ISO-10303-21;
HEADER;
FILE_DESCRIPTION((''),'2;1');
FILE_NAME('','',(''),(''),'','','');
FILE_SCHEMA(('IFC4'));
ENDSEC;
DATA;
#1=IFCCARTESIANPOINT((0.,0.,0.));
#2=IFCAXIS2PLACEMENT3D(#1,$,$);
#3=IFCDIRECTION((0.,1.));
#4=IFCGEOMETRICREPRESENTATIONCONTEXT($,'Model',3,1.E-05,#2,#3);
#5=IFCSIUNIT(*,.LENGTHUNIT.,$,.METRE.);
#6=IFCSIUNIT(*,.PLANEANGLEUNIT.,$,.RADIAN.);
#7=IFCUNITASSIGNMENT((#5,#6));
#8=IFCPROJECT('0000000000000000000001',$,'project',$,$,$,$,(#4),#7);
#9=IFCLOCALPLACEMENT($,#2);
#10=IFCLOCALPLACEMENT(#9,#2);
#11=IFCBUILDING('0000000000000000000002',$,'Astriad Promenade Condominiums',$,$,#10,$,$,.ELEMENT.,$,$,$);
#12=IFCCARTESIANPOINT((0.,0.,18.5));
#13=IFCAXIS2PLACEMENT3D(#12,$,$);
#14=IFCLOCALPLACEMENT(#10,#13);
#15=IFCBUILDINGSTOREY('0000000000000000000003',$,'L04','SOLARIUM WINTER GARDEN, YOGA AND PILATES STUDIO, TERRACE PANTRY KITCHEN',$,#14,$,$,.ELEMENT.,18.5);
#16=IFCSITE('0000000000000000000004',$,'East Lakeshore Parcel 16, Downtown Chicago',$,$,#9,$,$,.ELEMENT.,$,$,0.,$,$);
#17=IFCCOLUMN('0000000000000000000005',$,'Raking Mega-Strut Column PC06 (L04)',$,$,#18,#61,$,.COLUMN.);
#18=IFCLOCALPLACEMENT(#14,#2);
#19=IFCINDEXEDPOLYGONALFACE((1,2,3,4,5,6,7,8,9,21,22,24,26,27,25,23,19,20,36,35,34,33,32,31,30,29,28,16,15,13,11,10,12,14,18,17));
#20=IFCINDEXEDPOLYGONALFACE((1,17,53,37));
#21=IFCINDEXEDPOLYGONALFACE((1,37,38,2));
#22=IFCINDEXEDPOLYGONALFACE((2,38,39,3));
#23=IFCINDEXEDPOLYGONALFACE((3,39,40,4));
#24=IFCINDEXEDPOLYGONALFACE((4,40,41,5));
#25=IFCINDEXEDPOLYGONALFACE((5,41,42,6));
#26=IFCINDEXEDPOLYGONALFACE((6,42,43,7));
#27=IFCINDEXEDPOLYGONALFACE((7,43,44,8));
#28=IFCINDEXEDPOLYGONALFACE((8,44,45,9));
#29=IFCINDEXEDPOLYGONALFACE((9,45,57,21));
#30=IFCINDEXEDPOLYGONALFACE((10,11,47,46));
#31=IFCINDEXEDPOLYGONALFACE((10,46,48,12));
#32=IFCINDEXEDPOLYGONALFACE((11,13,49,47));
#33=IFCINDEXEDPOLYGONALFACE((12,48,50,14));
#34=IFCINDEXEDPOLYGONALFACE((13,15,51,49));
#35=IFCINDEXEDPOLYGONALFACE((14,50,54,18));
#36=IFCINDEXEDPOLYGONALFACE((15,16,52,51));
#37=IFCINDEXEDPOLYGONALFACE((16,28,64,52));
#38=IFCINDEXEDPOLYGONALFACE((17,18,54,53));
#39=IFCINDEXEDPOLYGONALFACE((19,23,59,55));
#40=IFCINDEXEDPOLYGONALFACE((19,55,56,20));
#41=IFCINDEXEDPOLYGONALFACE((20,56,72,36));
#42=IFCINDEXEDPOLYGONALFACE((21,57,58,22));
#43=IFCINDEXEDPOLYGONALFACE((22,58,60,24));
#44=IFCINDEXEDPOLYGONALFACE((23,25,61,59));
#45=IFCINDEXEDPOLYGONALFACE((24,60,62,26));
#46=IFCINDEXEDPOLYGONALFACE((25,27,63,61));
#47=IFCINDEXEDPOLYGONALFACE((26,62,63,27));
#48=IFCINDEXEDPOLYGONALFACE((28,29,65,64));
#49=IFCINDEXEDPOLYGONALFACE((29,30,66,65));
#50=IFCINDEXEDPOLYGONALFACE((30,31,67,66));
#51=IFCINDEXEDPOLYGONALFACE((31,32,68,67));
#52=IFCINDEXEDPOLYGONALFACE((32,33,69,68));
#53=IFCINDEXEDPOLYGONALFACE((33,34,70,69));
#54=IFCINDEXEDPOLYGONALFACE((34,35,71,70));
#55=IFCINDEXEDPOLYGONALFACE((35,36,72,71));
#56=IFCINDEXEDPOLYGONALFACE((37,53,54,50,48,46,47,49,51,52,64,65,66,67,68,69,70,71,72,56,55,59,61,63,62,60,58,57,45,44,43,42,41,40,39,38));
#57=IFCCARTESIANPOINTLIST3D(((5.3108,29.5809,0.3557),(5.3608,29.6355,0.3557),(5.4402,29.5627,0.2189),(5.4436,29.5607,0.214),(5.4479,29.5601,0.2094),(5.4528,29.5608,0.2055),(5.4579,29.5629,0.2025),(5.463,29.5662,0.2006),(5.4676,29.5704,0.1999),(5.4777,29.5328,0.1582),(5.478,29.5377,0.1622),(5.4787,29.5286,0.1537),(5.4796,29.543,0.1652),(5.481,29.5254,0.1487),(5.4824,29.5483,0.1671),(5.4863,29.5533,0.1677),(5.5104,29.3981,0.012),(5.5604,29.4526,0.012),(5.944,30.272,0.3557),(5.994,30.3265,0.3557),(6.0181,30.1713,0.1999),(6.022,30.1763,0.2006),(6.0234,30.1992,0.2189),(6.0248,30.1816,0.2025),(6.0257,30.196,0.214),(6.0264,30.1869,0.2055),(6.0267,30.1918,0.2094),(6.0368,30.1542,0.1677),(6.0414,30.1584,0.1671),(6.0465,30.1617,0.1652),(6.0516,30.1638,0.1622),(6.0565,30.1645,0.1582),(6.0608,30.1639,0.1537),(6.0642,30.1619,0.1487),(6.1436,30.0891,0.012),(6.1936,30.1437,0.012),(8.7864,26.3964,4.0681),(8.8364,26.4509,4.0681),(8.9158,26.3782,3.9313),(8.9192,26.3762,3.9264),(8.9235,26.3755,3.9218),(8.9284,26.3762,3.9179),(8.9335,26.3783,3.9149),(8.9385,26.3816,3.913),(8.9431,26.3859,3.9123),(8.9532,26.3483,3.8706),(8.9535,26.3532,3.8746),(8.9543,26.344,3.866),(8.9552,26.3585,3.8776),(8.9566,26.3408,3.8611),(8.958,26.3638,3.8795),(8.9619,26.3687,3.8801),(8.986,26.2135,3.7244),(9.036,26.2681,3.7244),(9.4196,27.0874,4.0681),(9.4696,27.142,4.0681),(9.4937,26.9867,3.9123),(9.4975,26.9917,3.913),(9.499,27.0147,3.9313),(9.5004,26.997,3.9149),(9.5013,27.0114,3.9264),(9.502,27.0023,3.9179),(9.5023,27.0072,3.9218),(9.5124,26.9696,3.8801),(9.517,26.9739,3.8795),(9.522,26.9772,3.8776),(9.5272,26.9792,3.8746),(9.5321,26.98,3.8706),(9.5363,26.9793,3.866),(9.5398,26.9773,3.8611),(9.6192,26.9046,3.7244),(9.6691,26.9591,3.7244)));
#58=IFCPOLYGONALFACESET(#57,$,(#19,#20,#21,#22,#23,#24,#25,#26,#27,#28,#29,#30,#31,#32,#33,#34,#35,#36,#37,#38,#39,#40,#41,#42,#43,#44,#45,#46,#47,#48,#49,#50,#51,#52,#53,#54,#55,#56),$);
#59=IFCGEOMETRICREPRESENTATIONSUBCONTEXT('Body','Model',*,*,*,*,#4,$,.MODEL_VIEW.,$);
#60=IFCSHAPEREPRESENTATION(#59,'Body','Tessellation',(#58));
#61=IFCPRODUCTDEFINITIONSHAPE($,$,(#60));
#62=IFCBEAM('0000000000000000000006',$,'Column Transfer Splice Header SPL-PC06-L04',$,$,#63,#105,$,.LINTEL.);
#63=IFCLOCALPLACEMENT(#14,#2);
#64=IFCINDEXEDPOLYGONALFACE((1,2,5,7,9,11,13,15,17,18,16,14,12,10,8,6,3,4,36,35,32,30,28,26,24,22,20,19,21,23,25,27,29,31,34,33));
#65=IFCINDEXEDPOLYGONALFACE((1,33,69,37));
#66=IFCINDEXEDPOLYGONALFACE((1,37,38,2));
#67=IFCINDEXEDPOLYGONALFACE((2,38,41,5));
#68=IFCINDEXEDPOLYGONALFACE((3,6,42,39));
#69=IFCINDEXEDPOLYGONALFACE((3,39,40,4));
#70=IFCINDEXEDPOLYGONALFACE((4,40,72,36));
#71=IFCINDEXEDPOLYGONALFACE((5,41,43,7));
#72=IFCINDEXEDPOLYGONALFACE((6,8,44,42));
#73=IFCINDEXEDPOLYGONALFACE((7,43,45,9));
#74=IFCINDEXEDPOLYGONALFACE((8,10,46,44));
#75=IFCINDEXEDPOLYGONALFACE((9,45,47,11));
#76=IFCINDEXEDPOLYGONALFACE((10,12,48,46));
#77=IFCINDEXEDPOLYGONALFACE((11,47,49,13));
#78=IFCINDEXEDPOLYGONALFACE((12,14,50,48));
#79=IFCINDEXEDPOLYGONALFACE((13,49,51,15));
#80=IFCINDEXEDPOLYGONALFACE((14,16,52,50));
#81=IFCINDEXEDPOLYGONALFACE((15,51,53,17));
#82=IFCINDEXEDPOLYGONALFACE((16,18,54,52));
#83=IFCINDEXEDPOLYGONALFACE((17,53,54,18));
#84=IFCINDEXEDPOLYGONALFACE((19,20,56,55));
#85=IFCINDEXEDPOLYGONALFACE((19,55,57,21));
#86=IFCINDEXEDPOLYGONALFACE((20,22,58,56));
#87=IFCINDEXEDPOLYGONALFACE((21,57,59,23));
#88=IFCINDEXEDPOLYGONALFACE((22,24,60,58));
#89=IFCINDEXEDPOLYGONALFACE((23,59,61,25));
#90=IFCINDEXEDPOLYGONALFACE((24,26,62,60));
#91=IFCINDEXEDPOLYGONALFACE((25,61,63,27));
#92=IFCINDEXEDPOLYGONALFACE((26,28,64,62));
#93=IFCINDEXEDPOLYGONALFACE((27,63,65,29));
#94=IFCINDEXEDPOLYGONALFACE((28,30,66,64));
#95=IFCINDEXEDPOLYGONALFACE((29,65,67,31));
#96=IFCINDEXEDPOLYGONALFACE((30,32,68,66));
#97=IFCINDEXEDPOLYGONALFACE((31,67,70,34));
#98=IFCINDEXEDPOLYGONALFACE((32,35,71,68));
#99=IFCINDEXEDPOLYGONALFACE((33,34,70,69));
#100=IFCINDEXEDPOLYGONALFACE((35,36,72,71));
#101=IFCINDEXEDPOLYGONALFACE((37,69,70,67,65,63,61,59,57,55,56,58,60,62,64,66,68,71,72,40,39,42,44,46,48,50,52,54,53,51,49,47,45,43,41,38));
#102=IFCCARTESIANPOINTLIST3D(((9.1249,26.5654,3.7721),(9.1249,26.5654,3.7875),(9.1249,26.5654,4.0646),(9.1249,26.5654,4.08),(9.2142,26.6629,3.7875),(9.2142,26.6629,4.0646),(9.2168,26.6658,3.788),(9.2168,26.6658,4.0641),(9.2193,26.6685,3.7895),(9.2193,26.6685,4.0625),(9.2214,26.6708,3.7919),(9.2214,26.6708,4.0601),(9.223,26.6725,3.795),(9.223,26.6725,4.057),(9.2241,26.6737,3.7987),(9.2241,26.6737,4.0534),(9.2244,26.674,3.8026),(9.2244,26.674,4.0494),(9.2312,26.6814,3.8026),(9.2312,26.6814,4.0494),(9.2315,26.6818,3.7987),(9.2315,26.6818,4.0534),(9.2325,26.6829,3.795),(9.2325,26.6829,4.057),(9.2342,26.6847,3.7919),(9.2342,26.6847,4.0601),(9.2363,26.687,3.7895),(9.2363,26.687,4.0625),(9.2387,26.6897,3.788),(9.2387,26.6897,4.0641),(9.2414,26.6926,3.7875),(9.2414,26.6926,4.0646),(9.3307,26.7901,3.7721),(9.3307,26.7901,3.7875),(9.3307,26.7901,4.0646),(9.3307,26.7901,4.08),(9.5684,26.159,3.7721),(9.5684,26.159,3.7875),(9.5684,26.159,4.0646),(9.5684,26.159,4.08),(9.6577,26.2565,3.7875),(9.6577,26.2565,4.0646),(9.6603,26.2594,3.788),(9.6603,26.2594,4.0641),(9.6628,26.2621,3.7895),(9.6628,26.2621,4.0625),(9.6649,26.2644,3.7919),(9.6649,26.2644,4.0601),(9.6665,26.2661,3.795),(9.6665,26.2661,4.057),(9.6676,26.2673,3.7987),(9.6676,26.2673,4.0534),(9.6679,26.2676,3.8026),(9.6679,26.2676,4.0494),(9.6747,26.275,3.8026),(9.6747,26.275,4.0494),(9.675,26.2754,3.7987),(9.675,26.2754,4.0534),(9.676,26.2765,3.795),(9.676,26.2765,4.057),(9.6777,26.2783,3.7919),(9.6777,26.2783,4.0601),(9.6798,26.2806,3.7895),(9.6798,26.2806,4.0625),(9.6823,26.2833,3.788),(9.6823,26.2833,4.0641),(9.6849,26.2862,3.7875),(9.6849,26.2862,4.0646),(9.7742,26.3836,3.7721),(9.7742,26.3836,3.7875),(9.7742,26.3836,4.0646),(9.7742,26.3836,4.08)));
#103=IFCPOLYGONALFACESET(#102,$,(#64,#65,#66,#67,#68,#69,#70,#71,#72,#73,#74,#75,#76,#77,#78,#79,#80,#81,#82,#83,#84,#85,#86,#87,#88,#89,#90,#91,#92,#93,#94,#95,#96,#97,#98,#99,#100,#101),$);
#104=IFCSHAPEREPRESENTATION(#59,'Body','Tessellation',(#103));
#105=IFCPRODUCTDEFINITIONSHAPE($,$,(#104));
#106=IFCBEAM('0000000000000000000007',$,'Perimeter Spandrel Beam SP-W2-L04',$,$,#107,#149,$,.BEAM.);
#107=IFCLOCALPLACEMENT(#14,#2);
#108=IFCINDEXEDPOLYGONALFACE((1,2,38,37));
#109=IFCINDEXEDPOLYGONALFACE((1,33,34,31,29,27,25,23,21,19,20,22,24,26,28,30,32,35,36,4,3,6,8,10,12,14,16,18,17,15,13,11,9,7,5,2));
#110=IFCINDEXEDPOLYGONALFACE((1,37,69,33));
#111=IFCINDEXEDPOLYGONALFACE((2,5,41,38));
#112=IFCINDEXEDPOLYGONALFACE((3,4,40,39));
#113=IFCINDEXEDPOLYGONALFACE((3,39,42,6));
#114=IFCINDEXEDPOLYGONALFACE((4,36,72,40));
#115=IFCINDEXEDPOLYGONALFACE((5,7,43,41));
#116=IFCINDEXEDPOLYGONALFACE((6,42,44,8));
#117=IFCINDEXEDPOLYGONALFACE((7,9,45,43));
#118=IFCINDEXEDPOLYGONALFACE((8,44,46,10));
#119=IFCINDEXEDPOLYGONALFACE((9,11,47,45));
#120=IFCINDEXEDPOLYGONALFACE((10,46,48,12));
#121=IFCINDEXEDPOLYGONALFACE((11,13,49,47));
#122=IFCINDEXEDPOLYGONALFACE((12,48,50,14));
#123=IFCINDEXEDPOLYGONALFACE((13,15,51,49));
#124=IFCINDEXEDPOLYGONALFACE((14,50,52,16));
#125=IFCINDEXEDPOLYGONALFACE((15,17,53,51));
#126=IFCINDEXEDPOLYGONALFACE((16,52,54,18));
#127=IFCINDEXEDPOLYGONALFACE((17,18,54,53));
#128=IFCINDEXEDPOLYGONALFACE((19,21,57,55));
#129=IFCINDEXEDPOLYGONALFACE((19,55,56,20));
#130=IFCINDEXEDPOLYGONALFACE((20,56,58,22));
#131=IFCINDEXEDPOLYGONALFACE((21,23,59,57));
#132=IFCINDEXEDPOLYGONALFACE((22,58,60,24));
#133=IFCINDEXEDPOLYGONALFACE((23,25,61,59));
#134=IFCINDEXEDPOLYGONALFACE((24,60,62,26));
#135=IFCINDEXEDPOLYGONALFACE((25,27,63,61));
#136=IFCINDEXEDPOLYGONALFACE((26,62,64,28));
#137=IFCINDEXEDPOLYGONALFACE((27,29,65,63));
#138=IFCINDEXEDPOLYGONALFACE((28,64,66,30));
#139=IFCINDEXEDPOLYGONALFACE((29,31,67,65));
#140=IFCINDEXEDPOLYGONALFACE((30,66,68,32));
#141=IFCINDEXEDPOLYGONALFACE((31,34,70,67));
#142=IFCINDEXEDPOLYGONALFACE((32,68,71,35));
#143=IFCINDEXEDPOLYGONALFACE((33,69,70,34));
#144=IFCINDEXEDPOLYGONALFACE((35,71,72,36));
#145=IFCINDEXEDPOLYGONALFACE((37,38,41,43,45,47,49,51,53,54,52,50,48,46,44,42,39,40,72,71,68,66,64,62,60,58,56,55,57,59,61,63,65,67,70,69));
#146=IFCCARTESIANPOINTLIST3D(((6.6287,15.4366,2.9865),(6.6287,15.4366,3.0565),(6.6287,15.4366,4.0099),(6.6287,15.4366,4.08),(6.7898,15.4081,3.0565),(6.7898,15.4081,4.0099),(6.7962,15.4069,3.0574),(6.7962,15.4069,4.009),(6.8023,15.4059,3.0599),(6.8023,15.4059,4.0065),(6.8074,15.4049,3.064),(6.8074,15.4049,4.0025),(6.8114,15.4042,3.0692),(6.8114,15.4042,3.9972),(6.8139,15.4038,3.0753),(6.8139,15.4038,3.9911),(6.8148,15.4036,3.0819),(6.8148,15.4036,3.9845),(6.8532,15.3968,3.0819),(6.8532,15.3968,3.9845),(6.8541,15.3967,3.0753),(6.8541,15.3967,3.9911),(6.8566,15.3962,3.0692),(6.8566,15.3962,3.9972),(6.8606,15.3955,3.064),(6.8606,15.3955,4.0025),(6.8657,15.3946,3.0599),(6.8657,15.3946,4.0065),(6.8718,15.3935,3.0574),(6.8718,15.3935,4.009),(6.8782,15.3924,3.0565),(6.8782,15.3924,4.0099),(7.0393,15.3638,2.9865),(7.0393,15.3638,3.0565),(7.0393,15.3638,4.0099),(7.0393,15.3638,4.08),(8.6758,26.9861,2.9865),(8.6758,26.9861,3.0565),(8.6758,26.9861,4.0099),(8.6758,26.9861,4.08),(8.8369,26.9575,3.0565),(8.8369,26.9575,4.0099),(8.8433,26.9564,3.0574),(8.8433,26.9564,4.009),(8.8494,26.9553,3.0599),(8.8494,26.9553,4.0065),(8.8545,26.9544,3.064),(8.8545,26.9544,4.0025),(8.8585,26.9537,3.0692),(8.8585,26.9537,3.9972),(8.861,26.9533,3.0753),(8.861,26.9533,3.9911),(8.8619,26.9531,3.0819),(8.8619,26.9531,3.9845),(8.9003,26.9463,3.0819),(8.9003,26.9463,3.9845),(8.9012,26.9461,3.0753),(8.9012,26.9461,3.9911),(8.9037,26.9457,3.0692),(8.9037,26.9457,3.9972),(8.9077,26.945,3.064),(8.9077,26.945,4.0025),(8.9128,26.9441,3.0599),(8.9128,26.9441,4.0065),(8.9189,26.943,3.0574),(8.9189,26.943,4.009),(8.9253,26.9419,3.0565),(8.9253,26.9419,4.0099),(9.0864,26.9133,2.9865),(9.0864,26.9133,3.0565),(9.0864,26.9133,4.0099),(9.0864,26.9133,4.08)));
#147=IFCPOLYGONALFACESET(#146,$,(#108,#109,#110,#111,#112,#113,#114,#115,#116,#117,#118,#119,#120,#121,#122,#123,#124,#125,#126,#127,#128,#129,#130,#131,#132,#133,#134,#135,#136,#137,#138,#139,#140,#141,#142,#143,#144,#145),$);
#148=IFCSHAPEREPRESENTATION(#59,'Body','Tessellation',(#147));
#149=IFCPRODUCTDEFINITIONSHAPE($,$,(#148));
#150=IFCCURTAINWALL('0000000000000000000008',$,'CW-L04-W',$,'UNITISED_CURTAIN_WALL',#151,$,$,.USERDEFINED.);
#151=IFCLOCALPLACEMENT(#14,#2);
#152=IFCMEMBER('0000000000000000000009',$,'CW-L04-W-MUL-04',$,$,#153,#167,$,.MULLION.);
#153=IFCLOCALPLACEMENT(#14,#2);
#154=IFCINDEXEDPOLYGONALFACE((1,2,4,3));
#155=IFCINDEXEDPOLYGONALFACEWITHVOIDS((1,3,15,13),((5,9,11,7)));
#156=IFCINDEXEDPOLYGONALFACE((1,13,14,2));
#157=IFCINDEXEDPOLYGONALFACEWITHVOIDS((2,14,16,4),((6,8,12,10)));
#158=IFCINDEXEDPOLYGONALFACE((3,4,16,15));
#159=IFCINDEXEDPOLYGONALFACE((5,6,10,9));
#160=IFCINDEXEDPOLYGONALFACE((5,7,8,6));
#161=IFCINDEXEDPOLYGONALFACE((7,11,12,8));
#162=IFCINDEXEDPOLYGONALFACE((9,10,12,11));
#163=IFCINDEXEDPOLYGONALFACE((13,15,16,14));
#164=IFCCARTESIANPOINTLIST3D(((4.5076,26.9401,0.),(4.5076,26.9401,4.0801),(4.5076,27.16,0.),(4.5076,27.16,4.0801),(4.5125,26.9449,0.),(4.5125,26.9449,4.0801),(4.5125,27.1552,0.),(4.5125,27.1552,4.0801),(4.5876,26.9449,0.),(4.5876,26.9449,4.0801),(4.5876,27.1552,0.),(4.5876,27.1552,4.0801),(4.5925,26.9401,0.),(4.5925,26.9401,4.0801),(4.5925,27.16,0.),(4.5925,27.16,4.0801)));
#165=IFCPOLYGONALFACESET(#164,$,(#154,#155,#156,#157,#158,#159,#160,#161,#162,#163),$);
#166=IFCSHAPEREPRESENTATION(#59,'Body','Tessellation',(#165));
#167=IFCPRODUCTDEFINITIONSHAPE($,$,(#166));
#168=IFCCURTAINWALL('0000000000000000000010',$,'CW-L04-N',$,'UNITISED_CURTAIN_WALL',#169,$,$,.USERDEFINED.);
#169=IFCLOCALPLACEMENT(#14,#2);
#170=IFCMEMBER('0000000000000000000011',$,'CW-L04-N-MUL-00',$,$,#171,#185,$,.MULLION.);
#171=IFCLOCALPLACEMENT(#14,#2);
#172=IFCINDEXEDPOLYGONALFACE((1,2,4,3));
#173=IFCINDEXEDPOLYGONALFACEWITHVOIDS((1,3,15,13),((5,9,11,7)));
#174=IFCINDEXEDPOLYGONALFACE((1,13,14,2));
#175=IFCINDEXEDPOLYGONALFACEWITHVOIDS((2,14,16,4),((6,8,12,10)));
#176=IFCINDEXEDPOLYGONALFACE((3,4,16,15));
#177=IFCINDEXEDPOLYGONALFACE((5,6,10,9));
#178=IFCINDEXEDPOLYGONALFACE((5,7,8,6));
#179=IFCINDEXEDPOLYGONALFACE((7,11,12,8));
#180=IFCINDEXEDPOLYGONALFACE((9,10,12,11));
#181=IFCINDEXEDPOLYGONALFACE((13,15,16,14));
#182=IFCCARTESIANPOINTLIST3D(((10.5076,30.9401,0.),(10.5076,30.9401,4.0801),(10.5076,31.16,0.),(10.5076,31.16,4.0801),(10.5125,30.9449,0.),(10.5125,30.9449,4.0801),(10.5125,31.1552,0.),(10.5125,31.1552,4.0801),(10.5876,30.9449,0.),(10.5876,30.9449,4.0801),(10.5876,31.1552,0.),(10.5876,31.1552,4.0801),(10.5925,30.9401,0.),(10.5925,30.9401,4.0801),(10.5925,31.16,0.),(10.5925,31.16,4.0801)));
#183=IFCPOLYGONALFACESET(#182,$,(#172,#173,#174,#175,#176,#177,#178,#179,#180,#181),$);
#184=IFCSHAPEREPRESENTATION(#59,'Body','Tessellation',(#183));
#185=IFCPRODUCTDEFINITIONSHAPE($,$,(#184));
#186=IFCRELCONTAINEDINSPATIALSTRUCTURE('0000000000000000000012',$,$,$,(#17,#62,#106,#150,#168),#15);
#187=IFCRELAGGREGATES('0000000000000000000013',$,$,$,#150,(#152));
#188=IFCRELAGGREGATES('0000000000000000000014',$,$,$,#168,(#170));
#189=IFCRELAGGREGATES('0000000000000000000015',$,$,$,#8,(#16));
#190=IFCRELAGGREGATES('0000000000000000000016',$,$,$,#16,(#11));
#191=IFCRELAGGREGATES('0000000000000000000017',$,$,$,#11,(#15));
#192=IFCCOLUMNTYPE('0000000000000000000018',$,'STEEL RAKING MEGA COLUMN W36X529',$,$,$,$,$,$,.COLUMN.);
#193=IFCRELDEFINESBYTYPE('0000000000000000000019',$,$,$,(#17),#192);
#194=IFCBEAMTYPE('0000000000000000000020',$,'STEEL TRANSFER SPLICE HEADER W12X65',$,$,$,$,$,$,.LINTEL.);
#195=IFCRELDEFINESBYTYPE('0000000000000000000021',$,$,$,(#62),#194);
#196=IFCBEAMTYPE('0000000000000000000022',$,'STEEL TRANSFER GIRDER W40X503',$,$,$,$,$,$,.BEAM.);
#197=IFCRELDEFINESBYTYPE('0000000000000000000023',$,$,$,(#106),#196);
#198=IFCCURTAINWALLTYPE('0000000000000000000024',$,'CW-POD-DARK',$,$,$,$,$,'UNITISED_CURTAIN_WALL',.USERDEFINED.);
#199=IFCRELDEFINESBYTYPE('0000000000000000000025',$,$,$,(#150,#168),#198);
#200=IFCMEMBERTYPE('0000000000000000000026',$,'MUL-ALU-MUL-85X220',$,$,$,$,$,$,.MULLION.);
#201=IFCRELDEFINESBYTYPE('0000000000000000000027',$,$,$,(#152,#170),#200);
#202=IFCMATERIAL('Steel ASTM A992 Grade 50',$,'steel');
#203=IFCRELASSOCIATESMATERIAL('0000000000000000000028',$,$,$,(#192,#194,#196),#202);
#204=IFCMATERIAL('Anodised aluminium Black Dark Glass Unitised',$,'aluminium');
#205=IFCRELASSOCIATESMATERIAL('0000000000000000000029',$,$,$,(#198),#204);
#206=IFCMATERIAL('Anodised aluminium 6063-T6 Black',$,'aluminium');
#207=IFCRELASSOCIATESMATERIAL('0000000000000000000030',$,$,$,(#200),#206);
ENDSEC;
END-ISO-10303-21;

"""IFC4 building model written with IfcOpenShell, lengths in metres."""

from ifc_helpers import new_model, si_unit, direction, frame, origin, origin_2d, place, context, subcontext, project, spatial, hollow_rectangle, i_section, extrude, source, transform, mapped, material, material_profile, profile_set, type_object, type_shapes, element, aggregate, save


model = new_model("IFC4")

# Units and contexts
model_context = context("Model", 3, precision=1e-05, world=origin(), true_north=direction((0.0, 1.0)))
body_context = subcontext(model_context, "Body", "Model", "MODEL_VIEW")
ifc_project = project(units=[si_unit("LENGTHUNIT", "METRE"), si_unit("PLANEANGLEUNIT", "RADIAN")], contexts=[model_context])

# Site, building, storey
site_placement = place(None, origin())
site = spatial("IfcSite", under=ifc_project, at=site_placement, Name="East Lakeshore Parcel 16, Downtown Chicago", CompositionType="ELEMENT", RefElevation=0.0)
building_placement = place(site_placement, origin())
building = spatial("IfcBuilding", under=site, at=building_placement, Name="Astriad Promenade Condominiums", CompositionType="ELEMENT")
storey_placement = place(building_placement, frame((0.0, 0.0, 18.5)))
storey = spatial("IfcBuildingStorey", under=building, at=storey_placement, Name="L04", Description="SOLARIUM WINTER GARDEN, YOGA AND PILATES STUDIO, TERRACE PANTRY KITCHEN", CompositionType="ELEMENT", Elevation=18.5)

# Column
ifc_material_1 = material(Name="Steel ASTM A992 Grade 50", Category="steel")
ifc_material_profile_1 = material_profile(ifc_material_1, i_section(OverallWidth=0.4375, OverallDepth=1.0112, WebThickness=0.041, FlangeThickness=0.074, FilletRadius=0.0242, at=origin_2d()), Name="W36X529")
ifc_profile_set_1 = profile_set([ifc_material_profile_1], Name="Steel ASTM A992 Grade 50")
column_type = type_object("IfcColumnType", Name="STEEL RAKING MEGA COLUMN W36X529", PredefinedType="COLUMN", material=ifc_profile_set_1)
shared_shape_1 = source(origin(), body_context, "Body", "SweptSolid", [
    extrude(i_section(OverallWidth=0.4375, OverallDepth=1.0112, WebThickness=0.041, FlangeThickness=0.074, FilletRadius=0.0242, at=origin_2d()), origin(), (0.0, 0.0, 1.0), 6.0002),
])
type_shapes(column_type, [shared_shape_1])
column_placement = place(storey_placement, frame((5.7522, 29.8623, 0.1838), z_axis=(0.579239, -0.530739, 0.618707), x_axis=(-0.456173, 0.417977, 0.785622)))
element("IfcColumn", 1, at=column_placement, inside=storey, type_object=column_type, Name="Raking Mega-Strut Column PC06 (L04)", PredefinedType="COLUMN", context=body_context, shape_type="MappedRepresentation", body=[
    mapped(shared_shape_1, transform((0.0, 0.0, 0.0), scale=1.0)),
])

# Beams
ifc_material_profile_2 = material_profile(ifc_material_1, i_section(OverallWidth=0.3047, OverallDepth=0.3079, WebThickness=0.01, FlangeThickness=0.0154, FilletRadius=0.0151, at=origin_2d()), Name="W12X65")
ifc_profile_set_2 = profile_set([ifc_material_profile_2], Name="Steel ASTM A992 Grade 50")
beam_type_1 = type_object("IfcBeamType", Name="STEEL TRANSFER SPLICE HEADER W12X65", PredefinedType="LINTEL", material=ifc_profile_set_2)
shared_shape_2 = source(origin(), body_context, "Body", "SweptSolid", [
    extrude(i_section(OverallWidth=0.3047, OverallDepth=0.3079, WebThickness=0.01, FlangeThickness=0.0154, FilletRadius=0.0151, at=origin_2d()), origin(), (0.0, 0.0, 1.0), 0.6016),
])
type_shapes(beam_type_1, [shared_shape_2])
beam_1_placement = place(storey_placement, frame((9.2278, 26.6777, 3.926), z_axis=(0.737272, -0.675596, 0.0), x_axis=(0.675596, 0.737272, 0.0)))
element("IfcBeam", 2, at=beam_1_placement, inside=storey, type_object=beam_type_1, Name="Column Transfer Splice Header SPL-PC06-L04", PredefinedType="LINTEL", context=body_context, shape_type="MappedRepresentation", body=[
    mapped(shared_shape_2, transform((0.0, 0.0, 0.0), scale=1.0)),
])
ifc_material_profile_3 = material_profile(ifc_material_1, i_section(OverallWidth=0.417, OverallDepth=1.0935, WebThickness=0.0391, FlangeThickness=0.0701, FilletRadius=0.0254, at=origin_2d()), Name="W40X503")
ifc_profile_set_3 = profile_set([ifc_material_profile_3], Name="Steel ASTM A992 Grade 50")
beam_type_2 = type_object("IfcBeamType", Name="STEEL TRANSFER GIRDER W40X503", PredefinedType="BEAM", material=ifc_profile_set_3)
shared_shape_3 = source(origin(), body_context, "Body", "SweptSolid", [
    extrude(i_section(OverallWidth=0.417, OverallDepth=1.0935, WebThickness=0.0391, FlangeThickness=0.0701, FilletRadius=0.0254, at=origin_2d()), origin(), (0.0, 0.0, 1.0), 11.7295),
])
type_shapes(beam_type_2, [shared_shape_3])
beam_2_placement = place(storey_placement, frame((8.8811, 26.9497, 3.5332), z_axis=(-0.174526, -0.984653, 0.0), x_axis=(0.984653, -0.174526, 0.0)))
element("IfcBeam", 3, at=beam_2_placement, inside=storey, type_object=beam_type_2, Name="Perimeter Spandrel Beam SP-W2-L04", PredefinedType="BEAM", context=body_context, shape_type="MappedRepresentation", body=[
    mapped(shared_shape_3, transform((0.0, 0.0, 0.0), scale=1.0)),
])

# Curtain wall, member
ifc_material_2 = material(Name="Anodised aluminium Black Dark Glass Unitised", Category="aluminium")
curtain_wall_type = type_object("IfcCurtainWallType", Name="CW-POD-DARK", ElementType="UNITISED_CURTAIN_WALL", PredefinedType="USERDEFINED", material=ifc_material_2)
curtain_wall_1_placement = place(storey_placement, origin())
curtain_wall_1 = element("IfcCurtainWall", 4, at=curtain_wall_1_placement, inside=storey, type_object=curtain_wall_type, Name="CW-L04-W", ObjectType="UNITISED_CURTAIN_WALL", PredefinedType="USERDEFINED")
ifc_material_3 = material(Name="Anodised aluminium 6063-T6 Black", Category="aluminium")
ifc_material_profile_4 = material_profile(ifc_material_3, hollow_rectangle(XDim=0.085, YDim=0.22, WallThickness=0.0049, at=origin_2d()), Name="ALU-MUL-85X220")
ifc_profile_set_4 = profile_set([ifc_material_profile_4], Name="Anodised aluminium 6063-T6 Black")
member_type_1 = type_object("IfcMemberType", Name="MUL-ALU-MUL-85X220", PredefinedType="MULLION", material=ifc_profile_set_4)
shared_shape_4 = source(origin(), body_context, "Body", "SweptSolid", [
    extrude(hollow_rectangle(XDim=0.085, YDim=0.22, WallThickness=0.0049, at=origin_2d()), origin(), (0.0, 0.0, 1.0), 4.0801),
])
type_shapes(member_type_1, [shared_shape_4])
member_1_placement = place(storey_placement, frame((4.55, 27.05, 0.0), z_axis=(0.0, 0.0, 1.0), x_axis=(1.0, 0.0, 0.0)))
member_1 = element("IfcMember", 5, at=member_1_placement, type_object=member_type_1, Name="CW-L04-W-MUL-04", PredefinedType="MULLION", context=body_context, shape_type="MappedRepresentation", body=[
    mapped(shared_shape_4, transform((0.0, 0.0, 0.0), scale=1.0)),
])

# Curtain wall, member
curtain_wall_2_placement = place(storey_placement, origin())
curtain_wall_2 = element("IfcCurtainWall", 6, at=curtain_wall_2_placement, inside=storey, type_object=curtain_wall_type, Name="CW-L04-N", ObjectType="UNITISED_CURTAIN_WALL", PredefinedType="USERDEFINED")
member_2_placement = place(storey_placement, frame((10.55, 31.05, 0.0), z_axis=(0.0, 0.0, 1.0), x_axis=(1.0, 0.0, 0.0)))
member_2 = element("IfcMember", 7, at=member_2_placement, type_object=member_type_1, Name="CW-L04-N-MUL-00", PredefinedType="MULLION", context=body_context, shape_type="MappedRepresentation", body=[
    mapped(shared_shape_4, transform((0.0, 0.0, 0.0), scale=1.0)),
])

aggregate(curtain_wall_1, [member_1])
aggregate(curtain_wall_2, [member_2])

save(model, "model.ifc")
